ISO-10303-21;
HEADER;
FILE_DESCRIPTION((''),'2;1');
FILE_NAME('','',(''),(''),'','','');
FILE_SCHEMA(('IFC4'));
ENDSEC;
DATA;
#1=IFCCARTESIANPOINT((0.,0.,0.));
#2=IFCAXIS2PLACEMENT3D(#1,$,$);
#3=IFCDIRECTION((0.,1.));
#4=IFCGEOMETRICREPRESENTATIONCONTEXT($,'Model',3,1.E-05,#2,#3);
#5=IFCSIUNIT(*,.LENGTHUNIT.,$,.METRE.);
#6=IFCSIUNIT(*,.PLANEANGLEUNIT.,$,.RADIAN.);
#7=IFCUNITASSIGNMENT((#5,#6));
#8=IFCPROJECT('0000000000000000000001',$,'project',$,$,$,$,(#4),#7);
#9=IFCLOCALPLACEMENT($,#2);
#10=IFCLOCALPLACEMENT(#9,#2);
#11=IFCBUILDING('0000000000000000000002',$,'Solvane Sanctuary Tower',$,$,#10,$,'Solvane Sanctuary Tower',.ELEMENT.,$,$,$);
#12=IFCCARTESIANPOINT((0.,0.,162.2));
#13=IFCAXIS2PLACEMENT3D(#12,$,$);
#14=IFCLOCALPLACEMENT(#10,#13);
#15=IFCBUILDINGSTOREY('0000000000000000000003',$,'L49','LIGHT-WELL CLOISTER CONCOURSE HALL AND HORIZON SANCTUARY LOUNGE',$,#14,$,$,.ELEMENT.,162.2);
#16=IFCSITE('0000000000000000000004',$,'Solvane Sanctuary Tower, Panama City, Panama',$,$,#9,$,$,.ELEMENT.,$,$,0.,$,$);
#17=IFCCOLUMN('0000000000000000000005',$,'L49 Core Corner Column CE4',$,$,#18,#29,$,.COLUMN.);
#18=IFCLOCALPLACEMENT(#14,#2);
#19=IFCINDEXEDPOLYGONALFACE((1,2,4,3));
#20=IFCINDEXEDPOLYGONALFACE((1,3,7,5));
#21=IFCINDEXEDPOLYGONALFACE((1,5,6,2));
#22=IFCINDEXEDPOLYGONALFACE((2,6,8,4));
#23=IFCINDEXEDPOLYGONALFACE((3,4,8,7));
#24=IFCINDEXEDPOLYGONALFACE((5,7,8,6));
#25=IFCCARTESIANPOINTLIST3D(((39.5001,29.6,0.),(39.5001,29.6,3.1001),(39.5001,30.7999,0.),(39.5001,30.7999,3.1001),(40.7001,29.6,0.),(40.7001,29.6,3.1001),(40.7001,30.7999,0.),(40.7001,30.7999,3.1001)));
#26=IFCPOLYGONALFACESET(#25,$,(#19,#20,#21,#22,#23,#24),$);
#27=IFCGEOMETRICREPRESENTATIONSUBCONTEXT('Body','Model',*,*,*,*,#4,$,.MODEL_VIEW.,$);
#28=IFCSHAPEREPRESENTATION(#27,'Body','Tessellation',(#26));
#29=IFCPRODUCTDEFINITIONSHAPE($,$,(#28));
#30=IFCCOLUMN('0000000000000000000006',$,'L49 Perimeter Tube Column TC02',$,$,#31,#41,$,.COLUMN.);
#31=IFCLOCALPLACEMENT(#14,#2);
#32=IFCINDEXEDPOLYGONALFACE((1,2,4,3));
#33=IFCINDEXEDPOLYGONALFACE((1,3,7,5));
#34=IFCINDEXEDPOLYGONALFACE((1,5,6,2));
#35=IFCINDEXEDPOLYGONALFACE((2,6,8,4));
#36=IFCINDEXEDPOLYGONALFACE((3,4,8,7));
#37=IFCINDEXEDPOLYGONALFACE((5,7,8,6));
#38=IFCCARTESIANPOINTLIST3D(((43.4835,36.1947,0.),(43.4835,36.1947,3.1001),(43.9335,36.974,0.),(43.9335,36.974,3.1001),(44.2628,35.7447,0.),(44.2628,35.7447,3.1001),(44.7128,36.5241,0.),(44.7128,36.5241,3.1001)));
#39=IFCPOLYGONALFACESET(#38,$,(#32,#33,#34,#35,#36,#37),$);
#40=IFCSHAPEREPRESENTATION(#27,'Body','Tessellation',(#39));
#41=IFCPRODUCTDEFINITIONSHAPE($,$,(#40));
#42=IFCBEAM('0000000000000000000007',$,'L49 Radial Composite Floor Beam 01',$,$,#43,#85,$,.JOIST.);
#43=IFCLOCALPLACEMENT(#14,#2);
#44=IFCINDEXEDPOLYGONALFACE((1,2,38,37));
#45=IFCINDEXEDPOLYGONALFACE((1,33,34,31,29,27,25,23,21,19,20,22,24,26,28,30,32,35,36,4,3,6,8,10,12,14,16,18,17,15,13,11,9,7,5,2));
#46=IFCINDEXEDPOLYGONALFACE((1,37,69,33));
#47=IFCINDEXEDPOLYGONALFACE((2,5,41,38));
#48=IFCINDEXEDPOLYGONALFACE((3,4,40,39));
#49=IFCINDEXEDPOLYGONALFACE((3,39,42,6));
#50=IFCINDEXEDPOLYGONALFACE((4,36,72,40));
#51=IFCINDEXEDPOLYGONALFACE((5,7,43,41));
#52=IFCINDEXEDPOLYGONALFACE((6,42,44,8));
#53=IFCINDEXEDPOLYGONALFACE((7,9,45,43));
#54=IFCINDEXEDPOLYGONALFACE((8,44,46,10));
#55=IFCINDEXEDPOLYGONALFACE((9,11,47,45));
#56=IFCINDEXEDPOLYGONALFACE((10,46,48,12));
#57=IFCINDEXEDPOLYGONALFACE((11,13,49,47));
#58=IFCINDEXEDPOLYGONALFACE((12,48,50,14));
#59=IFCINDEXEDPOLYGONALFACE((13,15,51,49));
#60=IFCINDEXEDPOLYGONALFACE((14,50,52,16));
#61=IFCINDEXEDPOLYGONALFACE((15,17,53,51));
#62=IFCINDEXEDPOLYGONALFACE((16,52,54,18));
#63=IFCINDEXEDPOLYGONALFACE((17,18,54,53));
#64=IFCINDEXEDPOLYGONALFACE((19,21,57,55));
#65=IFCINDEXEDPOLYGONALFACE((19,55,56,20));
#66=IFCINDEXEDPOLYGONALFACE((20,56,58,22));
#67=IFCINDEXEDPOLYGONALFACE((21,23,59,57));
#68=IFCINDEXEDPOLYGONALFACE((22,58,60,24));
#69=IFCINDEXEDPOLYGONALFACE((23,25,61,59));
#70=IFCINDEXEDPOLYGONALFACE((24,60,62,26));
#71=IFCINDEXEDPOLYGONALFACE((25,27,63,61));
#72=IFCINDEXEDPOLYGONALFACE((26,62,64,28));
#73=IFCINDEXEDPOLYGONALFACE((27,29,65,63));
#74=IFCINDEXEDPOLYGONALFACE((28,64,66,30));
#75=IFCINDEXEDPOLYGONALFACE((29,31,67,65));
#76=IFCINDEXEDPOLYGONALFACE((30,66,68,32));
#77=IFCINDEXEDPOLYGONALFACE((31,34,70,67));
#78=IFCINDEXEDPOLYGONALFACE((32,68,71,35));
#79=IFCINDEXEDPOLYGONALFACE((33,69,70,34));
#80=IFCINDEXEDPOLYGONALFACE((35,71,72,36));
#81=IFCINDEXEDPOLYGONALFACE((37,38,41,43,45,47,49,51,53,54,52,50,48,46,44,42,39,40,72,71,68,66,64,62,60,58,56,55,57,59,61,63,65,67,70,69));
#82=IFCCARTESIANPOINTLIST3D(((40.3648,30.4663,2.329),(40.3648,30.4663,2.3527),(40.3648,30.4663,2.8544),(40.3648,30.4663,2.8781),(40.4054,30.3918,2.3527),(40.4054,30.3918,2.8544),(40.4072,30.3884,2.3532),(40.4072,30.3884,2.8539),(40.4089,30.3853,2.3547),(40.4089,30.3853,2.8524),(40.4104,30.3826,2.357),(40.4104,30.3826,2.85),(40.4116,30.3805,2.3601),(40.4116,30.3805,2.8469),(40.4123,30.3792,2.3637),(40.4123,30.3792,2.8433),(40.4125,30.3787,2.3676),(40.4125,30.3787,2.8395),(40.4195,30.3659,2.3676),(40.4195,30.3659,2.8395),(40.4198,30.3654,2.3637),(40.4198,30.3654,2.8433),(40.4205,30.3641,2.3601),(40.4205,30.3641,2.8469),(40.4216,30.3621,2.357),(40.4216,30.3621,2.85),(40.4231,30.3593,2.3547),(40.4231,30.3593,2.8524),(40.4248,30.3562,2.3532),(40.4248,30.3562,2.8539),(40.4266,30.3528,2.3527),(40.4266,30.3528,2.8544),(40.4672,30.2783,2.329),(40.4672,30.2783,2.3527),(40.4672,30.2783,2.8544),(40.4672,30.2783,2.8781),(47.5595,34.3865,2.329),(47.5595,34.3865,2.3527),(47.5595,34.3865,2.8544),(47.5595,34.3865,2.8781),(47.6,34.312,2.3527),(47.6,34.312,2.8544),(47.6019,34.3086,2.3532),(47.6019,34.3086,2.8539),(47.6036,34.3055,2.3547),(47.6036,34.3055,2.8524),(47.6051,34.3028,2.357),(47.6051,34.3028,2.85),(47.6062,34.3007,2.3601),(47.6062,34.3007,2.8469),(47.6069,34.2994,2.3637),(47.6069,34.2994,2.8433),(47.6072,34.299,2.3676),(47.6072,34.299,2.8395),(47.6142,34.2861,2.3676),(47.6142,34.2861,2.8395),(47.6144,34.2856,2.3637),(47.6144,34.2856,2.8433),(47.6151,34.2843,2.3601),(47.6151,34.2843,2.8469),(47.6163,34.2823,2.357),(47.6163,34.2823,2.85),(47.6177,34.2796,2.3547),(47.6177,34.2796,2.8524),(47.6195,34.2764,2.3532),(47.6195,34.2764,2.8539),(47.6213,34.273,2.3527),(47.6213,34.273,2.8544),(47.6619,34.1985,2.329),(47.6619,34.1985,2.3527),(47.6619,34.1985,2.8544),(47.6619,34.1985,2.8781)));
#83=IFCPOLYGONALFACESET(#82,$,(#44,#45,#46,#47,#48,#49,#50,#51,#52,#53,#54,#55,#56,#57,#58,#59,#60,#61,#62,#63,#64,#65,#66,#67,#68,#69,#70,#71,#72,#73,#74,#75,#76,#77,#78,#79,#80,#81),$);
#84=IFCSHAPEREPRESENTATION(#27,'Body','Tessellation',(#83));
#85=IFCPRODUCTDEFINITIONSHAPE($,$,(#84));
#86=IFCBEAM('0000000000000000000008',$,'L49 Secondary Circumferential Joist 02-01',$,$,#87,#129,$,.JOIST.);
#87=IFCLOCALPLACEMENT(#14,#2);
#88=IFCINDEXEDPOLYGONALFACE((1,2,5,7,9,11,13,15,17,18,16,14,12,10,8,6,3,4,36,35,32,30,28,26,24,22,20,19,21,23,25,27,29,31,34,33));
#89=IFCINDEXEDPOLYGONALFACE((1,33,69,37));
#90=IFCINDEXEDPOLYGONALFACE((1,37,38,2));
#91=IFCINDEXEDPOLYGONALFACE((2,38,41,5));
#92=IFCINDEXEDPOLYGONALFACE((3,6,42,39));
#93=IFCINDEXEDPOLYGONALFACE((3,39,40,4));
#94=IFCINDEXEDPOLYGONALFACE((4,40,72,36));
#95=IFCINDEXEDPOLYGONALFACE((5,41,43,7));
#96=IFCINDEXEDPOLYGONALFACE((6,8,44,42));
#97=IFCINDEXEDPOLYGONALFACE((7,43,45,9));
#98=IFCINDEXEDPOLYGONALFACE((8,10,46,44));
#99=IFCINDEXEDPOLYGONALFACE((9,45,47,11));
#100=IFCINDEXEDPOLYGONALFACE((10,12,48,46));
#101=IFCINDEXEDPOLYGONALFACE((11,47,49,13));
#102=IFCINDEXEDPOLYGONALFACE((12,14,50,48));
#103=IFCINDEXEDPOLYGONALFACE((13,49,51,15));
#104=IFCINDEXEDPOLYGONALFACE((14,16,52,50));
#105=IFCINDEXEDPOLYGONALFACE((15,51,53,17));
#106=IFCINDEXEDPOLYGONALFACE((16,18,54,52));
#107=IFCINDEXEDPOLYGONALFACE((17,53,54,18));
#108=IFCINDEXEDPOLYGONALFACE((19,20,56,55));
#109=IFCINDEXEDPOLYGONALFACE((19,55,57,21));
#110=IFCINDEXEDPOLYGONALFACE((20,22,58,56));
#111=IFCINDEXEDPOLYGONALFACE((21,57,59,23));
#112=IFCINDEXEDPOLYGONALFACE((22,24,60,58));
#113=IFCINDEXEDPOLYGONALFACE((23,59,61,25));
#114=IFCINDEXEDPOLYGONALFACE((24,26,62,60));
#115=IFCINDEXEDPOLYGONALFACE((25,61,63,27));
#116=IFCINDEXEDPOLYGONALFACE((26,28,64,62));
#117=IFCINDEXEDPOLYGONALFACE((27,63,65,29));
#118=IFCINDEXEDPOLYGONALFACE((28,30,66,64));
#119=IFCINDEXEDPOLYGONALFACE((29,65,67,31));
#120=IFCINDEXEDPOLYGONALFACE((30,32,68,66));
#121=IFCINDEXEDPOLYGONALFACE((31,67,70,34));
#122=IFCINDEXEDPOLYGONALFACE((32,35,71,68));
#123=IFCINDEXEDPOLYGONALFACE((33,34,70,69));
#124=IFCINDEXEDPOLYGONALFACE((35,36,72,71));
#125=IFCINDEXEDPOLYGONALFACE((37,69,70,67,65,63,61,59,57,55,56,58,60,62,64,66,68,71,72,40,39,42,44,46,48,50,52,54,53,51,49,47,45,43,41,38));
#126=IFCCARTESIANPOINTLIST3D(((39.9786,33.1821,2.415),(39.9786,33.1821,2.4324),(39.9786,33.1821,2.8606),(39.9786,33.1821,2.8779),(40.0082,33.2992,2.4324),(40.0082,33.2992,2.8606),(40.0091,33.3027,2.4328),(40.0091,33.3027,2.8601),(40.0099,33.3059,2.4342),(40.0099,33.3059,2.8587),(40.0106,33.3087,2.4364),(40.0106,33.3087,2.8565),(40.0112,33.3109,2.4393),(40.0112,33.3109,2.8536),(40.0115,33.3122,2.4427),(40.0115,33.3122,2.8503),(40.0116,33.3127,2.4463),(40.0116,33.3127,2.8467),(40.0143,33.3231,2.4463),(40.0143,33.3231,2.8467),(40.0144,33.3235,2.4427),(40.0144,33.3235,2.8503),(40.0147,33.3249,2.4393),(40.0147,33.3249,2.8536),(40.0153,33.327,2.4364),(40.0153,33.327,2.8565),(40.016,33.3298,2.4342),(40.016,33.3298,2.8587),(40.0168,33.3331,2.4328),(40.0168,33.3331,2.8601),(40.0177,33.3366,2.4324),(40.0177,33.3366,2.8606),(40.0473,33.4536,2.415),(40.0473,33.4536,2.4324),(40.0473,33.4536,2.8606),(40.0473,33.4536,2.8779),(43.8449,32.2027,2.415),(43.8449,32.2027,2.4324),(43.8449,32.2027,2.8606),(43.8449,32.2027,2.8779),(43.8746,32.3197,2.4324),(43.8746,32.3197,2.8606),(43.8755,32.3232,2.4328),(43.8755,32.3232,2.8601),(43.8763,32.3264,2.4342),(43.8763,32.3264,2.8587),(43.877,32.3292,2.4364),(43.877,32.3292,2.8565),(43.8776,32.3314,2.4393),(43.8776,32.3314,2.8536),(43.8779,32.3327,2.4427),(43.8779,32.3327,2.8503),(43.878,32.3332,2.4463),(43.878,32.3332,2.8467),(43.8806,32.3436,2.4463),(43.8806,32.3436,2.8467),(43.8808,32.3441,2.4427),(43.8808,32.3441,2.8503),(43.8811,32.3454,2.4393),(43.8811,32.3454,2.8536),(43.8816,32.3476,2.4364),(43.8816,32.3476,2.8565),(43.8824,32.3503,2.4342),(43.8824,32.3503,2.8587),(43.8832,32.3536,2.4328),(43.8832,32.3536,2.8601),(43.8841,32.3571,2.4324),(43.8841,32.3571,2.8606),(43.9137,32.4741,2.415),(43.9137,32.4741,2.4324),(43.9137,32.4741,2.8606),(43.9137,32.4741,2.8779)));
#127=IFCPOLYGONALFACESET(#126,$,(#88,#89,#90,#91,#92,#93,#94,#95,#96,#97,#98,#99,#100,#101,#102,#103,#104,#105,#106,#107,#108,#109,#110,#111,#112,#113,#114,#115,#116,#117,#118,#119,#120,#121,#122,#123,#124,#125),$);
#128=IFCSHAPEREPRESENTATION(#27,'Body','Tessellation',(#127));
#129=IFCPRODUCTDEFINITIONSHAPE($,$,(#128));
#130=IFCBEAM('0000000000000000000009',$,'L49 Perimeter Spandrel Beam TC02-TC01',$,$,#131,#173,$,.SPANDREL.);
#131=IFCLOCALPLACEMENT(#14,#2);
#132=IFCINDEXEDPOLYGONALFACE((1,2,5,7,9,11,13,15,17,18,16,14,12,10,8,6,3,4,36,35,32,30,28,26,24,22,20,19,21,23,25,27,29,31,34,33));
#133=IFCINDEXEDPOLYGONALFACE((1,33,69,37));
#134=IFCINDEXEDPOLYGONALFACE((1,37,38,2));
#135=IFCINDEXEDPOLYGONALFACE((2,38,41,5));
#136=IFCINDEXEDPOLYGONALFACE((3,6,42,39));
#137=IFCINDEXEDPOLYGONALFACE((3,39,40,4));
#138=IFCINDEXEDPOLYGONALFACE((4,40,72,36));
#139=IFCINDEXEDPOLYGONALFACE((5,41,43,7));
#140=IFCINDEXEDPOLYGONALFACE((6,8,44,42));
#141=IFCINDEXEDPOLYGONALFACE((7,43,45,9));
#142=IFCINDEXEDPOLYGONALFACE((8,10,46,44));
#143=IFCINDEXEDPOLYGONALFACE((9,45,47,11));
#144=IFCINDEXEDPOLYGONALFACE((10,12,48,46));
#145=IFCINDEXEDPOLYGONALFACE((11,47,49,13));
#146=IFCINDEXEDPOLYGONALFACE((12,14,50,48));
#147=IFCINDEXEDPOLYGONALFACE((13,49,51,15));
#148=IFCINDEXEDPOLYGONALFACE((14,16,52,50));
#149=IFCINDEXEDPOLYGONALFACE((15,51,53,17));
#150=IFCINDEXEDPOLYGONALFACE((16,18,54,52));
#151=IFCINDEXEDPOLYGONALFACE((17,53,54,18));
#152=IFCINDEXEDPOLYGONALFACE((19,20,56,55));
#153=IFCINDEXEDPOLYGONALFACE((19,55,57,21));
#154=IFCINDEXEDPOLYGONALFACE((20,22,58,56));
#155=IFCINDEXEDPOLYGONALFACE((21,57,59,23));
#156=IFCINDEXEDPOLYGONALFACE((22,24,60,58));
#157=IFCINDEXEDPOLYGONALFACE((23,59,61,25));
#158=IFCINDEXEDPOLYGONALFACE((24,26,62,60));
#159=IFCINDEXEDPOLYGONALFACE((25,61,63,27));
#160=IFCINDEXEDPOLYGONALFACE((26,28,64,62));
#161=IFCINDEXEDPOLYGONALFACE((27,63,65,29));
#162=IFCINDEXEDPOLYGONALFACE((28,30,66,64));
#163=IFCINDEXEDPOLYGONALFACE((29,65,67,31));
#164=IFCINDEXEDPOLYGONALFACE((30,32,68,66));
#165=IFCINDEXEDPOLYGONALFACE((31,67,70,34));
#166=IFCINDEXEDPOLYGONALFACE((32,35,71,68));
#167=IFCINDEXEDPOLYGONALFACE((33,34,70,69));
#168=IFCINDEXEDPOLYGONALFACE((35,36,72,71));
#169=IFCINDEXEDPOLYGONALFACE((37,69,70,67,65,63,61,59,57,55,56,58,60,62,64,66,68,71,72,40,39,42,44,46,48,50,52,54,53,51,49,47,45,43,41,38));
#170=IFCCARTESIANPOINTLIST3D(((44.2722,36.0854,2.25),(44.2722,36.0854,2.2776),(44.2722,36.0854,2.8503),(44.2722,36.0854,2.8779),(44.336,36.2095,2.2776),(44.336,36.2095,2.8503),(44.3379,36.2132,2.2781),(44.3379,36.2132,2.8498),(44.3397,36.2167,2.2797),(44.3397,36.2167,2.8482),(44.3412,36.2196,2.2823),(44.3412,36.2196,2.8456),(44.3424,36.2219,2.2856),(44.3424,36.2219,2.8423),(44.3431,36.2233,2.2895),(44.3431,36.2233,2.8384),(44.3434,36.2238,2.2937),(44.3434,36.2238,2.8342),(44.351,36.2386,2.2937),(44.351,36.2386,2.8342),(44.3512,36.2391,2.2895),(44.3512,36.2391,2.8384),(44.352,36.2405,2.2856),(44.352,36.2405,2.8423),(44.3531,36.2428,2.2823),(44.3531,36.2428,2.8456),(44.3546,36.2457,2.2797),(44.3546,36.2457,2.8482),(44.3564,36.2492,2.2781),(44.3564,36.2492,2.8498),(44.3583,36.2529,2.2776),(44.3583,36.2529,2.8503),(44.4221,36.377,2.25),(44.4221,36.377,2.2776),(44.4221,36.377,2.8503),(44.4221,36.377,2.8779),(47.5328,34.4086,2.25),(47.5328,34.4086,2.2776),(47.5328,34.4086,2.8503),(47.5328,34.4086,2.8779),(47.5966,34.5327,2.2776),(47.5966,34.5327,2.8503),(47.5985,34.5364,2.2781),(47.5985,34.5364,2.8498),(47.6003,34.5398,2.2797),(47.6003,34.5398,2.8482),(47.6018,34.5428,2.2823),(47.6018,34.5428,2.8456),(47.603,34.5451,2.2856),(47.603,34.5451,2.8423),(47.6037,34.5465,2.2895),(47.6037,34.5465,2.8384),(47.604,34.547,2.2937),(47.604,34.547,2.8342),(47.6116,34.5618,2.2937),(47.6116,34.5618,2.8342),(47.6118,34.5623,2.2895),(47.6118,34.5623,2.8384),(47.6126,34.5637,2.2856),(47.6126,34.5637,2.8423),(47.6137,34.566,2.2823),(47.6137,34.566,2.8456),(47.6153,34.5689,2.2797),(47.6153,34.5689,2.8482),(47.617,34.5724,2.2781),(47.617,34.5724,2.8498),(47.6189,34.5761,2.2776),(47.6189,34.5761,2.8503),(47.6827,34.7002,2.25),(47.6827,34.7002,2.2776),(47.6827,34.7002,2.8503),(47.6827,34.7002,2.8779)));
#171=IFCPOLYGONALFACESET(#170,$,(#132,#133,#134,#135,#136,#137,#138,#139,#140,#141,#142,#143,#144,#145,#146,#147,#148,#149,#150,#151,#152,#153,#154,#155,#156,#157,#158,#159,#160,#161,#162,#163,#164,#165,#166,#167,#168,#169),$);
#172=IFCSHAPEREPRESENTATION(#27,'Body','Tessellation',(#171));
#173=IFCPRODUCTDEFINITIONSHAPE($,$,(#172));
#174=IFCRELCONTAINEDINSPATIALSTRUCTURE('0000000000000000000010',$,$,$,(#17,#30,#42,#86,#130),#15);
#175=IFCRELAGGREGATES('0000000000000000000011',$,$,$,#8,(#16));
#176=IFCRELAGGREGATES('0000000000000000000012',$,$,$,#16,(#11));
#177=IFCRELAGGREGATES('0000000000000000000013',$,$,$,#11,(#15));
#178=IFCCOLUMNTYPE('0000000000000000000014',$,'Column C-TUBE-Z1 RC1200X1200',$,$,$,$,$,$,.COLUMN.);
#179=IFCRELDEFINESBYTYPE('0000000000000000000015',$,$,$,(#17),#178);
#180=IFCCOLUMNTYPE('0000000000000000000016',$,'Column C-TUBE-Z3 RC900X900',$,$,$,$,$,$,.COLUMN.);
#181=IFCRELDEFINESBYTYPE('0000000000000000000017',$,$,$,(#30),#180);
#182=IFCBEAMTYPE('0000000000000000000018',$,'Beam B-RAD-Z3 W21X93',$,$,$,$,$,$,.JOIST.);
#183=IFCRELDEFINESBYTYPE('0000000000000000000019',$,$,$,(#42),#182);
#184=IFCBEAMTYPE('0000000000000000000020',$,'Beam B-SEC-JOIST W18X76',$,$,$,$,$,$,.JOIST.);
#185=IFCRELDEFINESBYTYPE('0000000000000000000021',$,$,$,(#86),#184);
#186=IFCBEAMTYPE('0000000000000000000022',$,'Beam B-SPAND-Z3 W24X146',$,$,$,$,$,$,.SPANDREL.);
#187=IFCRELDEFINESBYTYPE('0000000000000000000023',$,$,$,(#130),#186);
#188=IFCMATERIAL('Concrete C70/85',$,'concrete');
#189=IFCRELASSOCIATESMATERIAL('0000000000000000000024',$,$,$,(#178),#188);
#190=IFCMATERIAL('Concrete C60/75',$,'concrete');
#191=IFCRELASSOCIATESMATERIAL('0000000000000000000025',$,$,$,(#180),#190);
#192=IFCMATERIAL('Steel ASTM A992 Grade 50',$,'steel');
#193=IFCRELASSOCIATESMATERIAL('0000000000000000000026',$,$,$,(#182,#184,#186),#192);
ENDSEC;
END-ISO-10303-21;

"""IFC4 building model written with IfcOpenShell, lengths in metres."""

from ifc_helpers import new_model, si_unit, direction, frame, origin, origin_2d, place, context, subcontext, project, spatial, rectangle, i_section, extrude, material, material_profile, profile_set, type_object, element, save


model = new_model("IFC4")

# Units and contexts
model_context = context("Model", 3, precision=1e-05, world=origin(), true_north=direction((0.0, 1.0)))
body_context = subcontext(model_context, "Body", "Model", "MODEL_VIEW")
ifc_project = project(units=[si_unit("LENGTHUNIT", "METRE"), si_unit("PLANEANGLEUNIT", "RADIAN")], contexts=[model_context])

# Site, building, storey
site_placement = place(None, origin())
site = spatial("IfcSite", under=ifc_project, at=site_placement, Name="Solvane Sanctuary Tower, Panama City, Panama", CompositionType="ELEMENT", RefElevation=0.0)
building_placement = place(site_placement, origin())
building = spatial("IfcBuilding", under=site, at=building_placement, Name="Solvane Sanctuary Tower", LongName="Solvane Sanctuary Tower", CompositionType="ELEMENT")
storey_placement = place(building_placement, frame((0.0, 0.0, 162.2)))
storey = spatial("IfcBuildingStorey", under=building, at=storey_placement, Name="L49", Description="LIGHT-WELL CLOISTER CONCOURSE HALL AND HORIZON SANCTUARY LOUNGE", CompositionType="ELEMENT", Elevation=162.2)

# Columns
ifc_material_1 = material(Name="Concrete C70/85", Category="concrete")
ifc_material_profile_1 = material_profile(ifc_material_1, rectangle(XDim=1.2, YDim=1.2, at=origin_2d()), Name="RC1200X1200")
ifc_profile_set_1 = profile_set([ifc_material_profile_1], Name="Concrete C70/85")
column_type_1 = type_object("IfcColumnType", Name="Column C-TUBE-Z1 RC1200X1200", PredefinedType="COLUMN", material=ifc_profile_set_1)
column_1_placement = place(storey_placement, frame((40.1001, 30.2, 0.0), z_axis=(0.0, 0.0, 1.0), x_axis=(1.0, 0.0, 0.0)))
element("IfcColumn", 1, at=column_1_placement, inside=storey, type_object=column_type_1, Name="L49 Core Corner Column CE4", PredefinedType="COLUMN", context=body_context, shape_type="SweptSolid", body=[
    extrude(rectangle(XDim=1.2, YDim=1.2, at=origin_2d()), origin(), (0.0, 0.0, 1.0), 3.1001),
])
ifc_material_2 = material(Name="Concrete C60/75", Category="concrete")
ifc_material_profile_2 = material_profile(ifc_material_2, rectangle(XDim=0.8999, YDim=0.8999, at=origin_2d()), Name="RC900X900")
ifc_profile_set_2 = profile_set([ifc_material_profile_2], Name="Concrete C60/75")
column_type_2 = type_object("IfcColumnType", Name="Column C-TUBE-Z3 RC900X900", PredefinedType="COLUMN", material=ifc_profile_set_2)
column_2_placement = place(storey_placement, frame((44.0981, 36.3594, 0.0), z_axis=(0.0, 0.0, 1.0), x_axis=(0.5, 0.866025, 0.0)))
element("IfcColumn", 2, at=column_2_placement, inside=storey, type_object=column_type_2, Name="L49 Perimeter Tube Column TC02", PredefinedType="COLUMN", context=body_context, shape_type="SweptSolid", body=[
    extrude(rectangle(XDim=0.8999, YDim=0.8999, at=origin_2d()), origin(), (0.0, 0.0, 1.0), 3.1001),
])

# Beams
ifc_material_3 = material(Name="Steel ASTM A992 Grade 50", Category="steel")
ifc_material_profile_3 = material_profile(ifc_material_3, i_section(OverallWidth=0.2141, OverallDepth=0.5491, WebThickness=0.0146, FlangeThickness=0.0237, FilletRadius=0.0149, at=origin_2d()), Name="W21X93")
ifc_profile_set_3 = profile_set([ifc_material_profile_3], Name="Steel ASTM A992 Grade 50")
beam_type_1 = type_object("IfcBeamType", Name="Beam B-RAD-Z3 W21X93", PredefinedType="JOIST", material=ifc_profile_set_3)
beam_1_placement = place(storey_placement, frame((40.416, 30.3723, 2.6035), z_axis=(0.878108, 0.478462, 0.0), x_axis=(-0.478462, 0.878108, 0.0)))
element("IfcBeam", 3, at=beam_1_placement, inside=storey, type_object=beam_type_1, Name="L49 Radial Composite Floor Beam 01", PredefinedType="JOIST", context=body_context, shape_type="SweptSolid", body=[
    extrude(i_section(OverallWidth=0.2141, OverallDepth=0.5491, WebThickness=0.0146, FlangeThickness=0.0237, FilletRadius=0.0149, at=origin_2d()), origin(), (0.0, 0.0, 1.0), 8.1934),
])
ifc_material_profile_4 = material_profile(ifc_material_3, i_section(OverallWidth=0.28, OverallDepth=0.4629, WebThickness=0.0107, FlangeThickness=0.0173, FilletRadius=0.0139, at=origin_2d()), Name="W18X76")
ifc_profile_set_4 = profile_set([ifc_material_profile_4], Name="Steel ASTM A992 Grade 50")
beam_type_2 = type_object("IfcBeamType", Name="Beam B-SEC-JOIST W18X76", PredefinedType="JOIST", material=ifc_profile_set_4)
beam_2_placement = place(storey_placement, frame((40.0129, 33.3179, 2.6465), z_axis=(0.969378, -0.245573, 0.0), x_axis=(0.245573, 0.969378, 0.0)))
element("IfcBeam", 4, at=beam_2_placement, inside=storey, type_object=beam_type_2, Name="L49 Secondary Circumferential Joist 02-01", PredefinedType="JOIST", context=body_context, shape_type="SweptSolid", body=[
    extrude(i_section(OverallWidth=0.28, OverallDepth=0.4629, WebThickness=0.0107, FlangeThickness=0.0173, FilletRadius=0.0139, at=origin_2d()), origin(), (0.0, 0.0, 1.0), 3.9885),
])
ifc_material_profile_5 = material_profile(ifc_material_3, i_section(OverallWidth=0.3279, OverallDepth=0.6279, WebThickness=0.0166, FlangeThickness=0.0276, FilletRadius=0.0161, at=origin_2d()), Name="W24X146")
ifc_profile_set_5 = profile_set([ifc_material_profile_5], Name="Steel ASTM A992 Grade 50")
beam_type_3 = type_object("IfcBeamType", Name="Beam B-SPAND-Z3 W24X146", PredefinedType="SPANDREL", material=ifc_profile_set_5)
beam_3_placement = place(storey_placement, frame((44.3472, 36.2312, 2.564), z_axis=(0.889296, -0.457333, 0.0), x_axis=(0.457333, 0.889296, 0.0)))
element("IfcBeam", 5, at=beam_3_placement, inside=storey, type_object=beam_type_3, Name="L49 Perimeter Spandrel Beam TC02-TC01", PredefinedType="SPANDREL", context=body_context, shape_type="SweptSolid", body=[
    extrude(i_section(OverallWidth=0.3279, OverallDepth=0.6279, WebThickness=0.0166, FlangeThickness=0.0276, FilletRadius=0.0161, at=origin_2d()), origin(), (0.0, 0.0, 1.0), 3.6665),
])

save(model, "model.ifc")
